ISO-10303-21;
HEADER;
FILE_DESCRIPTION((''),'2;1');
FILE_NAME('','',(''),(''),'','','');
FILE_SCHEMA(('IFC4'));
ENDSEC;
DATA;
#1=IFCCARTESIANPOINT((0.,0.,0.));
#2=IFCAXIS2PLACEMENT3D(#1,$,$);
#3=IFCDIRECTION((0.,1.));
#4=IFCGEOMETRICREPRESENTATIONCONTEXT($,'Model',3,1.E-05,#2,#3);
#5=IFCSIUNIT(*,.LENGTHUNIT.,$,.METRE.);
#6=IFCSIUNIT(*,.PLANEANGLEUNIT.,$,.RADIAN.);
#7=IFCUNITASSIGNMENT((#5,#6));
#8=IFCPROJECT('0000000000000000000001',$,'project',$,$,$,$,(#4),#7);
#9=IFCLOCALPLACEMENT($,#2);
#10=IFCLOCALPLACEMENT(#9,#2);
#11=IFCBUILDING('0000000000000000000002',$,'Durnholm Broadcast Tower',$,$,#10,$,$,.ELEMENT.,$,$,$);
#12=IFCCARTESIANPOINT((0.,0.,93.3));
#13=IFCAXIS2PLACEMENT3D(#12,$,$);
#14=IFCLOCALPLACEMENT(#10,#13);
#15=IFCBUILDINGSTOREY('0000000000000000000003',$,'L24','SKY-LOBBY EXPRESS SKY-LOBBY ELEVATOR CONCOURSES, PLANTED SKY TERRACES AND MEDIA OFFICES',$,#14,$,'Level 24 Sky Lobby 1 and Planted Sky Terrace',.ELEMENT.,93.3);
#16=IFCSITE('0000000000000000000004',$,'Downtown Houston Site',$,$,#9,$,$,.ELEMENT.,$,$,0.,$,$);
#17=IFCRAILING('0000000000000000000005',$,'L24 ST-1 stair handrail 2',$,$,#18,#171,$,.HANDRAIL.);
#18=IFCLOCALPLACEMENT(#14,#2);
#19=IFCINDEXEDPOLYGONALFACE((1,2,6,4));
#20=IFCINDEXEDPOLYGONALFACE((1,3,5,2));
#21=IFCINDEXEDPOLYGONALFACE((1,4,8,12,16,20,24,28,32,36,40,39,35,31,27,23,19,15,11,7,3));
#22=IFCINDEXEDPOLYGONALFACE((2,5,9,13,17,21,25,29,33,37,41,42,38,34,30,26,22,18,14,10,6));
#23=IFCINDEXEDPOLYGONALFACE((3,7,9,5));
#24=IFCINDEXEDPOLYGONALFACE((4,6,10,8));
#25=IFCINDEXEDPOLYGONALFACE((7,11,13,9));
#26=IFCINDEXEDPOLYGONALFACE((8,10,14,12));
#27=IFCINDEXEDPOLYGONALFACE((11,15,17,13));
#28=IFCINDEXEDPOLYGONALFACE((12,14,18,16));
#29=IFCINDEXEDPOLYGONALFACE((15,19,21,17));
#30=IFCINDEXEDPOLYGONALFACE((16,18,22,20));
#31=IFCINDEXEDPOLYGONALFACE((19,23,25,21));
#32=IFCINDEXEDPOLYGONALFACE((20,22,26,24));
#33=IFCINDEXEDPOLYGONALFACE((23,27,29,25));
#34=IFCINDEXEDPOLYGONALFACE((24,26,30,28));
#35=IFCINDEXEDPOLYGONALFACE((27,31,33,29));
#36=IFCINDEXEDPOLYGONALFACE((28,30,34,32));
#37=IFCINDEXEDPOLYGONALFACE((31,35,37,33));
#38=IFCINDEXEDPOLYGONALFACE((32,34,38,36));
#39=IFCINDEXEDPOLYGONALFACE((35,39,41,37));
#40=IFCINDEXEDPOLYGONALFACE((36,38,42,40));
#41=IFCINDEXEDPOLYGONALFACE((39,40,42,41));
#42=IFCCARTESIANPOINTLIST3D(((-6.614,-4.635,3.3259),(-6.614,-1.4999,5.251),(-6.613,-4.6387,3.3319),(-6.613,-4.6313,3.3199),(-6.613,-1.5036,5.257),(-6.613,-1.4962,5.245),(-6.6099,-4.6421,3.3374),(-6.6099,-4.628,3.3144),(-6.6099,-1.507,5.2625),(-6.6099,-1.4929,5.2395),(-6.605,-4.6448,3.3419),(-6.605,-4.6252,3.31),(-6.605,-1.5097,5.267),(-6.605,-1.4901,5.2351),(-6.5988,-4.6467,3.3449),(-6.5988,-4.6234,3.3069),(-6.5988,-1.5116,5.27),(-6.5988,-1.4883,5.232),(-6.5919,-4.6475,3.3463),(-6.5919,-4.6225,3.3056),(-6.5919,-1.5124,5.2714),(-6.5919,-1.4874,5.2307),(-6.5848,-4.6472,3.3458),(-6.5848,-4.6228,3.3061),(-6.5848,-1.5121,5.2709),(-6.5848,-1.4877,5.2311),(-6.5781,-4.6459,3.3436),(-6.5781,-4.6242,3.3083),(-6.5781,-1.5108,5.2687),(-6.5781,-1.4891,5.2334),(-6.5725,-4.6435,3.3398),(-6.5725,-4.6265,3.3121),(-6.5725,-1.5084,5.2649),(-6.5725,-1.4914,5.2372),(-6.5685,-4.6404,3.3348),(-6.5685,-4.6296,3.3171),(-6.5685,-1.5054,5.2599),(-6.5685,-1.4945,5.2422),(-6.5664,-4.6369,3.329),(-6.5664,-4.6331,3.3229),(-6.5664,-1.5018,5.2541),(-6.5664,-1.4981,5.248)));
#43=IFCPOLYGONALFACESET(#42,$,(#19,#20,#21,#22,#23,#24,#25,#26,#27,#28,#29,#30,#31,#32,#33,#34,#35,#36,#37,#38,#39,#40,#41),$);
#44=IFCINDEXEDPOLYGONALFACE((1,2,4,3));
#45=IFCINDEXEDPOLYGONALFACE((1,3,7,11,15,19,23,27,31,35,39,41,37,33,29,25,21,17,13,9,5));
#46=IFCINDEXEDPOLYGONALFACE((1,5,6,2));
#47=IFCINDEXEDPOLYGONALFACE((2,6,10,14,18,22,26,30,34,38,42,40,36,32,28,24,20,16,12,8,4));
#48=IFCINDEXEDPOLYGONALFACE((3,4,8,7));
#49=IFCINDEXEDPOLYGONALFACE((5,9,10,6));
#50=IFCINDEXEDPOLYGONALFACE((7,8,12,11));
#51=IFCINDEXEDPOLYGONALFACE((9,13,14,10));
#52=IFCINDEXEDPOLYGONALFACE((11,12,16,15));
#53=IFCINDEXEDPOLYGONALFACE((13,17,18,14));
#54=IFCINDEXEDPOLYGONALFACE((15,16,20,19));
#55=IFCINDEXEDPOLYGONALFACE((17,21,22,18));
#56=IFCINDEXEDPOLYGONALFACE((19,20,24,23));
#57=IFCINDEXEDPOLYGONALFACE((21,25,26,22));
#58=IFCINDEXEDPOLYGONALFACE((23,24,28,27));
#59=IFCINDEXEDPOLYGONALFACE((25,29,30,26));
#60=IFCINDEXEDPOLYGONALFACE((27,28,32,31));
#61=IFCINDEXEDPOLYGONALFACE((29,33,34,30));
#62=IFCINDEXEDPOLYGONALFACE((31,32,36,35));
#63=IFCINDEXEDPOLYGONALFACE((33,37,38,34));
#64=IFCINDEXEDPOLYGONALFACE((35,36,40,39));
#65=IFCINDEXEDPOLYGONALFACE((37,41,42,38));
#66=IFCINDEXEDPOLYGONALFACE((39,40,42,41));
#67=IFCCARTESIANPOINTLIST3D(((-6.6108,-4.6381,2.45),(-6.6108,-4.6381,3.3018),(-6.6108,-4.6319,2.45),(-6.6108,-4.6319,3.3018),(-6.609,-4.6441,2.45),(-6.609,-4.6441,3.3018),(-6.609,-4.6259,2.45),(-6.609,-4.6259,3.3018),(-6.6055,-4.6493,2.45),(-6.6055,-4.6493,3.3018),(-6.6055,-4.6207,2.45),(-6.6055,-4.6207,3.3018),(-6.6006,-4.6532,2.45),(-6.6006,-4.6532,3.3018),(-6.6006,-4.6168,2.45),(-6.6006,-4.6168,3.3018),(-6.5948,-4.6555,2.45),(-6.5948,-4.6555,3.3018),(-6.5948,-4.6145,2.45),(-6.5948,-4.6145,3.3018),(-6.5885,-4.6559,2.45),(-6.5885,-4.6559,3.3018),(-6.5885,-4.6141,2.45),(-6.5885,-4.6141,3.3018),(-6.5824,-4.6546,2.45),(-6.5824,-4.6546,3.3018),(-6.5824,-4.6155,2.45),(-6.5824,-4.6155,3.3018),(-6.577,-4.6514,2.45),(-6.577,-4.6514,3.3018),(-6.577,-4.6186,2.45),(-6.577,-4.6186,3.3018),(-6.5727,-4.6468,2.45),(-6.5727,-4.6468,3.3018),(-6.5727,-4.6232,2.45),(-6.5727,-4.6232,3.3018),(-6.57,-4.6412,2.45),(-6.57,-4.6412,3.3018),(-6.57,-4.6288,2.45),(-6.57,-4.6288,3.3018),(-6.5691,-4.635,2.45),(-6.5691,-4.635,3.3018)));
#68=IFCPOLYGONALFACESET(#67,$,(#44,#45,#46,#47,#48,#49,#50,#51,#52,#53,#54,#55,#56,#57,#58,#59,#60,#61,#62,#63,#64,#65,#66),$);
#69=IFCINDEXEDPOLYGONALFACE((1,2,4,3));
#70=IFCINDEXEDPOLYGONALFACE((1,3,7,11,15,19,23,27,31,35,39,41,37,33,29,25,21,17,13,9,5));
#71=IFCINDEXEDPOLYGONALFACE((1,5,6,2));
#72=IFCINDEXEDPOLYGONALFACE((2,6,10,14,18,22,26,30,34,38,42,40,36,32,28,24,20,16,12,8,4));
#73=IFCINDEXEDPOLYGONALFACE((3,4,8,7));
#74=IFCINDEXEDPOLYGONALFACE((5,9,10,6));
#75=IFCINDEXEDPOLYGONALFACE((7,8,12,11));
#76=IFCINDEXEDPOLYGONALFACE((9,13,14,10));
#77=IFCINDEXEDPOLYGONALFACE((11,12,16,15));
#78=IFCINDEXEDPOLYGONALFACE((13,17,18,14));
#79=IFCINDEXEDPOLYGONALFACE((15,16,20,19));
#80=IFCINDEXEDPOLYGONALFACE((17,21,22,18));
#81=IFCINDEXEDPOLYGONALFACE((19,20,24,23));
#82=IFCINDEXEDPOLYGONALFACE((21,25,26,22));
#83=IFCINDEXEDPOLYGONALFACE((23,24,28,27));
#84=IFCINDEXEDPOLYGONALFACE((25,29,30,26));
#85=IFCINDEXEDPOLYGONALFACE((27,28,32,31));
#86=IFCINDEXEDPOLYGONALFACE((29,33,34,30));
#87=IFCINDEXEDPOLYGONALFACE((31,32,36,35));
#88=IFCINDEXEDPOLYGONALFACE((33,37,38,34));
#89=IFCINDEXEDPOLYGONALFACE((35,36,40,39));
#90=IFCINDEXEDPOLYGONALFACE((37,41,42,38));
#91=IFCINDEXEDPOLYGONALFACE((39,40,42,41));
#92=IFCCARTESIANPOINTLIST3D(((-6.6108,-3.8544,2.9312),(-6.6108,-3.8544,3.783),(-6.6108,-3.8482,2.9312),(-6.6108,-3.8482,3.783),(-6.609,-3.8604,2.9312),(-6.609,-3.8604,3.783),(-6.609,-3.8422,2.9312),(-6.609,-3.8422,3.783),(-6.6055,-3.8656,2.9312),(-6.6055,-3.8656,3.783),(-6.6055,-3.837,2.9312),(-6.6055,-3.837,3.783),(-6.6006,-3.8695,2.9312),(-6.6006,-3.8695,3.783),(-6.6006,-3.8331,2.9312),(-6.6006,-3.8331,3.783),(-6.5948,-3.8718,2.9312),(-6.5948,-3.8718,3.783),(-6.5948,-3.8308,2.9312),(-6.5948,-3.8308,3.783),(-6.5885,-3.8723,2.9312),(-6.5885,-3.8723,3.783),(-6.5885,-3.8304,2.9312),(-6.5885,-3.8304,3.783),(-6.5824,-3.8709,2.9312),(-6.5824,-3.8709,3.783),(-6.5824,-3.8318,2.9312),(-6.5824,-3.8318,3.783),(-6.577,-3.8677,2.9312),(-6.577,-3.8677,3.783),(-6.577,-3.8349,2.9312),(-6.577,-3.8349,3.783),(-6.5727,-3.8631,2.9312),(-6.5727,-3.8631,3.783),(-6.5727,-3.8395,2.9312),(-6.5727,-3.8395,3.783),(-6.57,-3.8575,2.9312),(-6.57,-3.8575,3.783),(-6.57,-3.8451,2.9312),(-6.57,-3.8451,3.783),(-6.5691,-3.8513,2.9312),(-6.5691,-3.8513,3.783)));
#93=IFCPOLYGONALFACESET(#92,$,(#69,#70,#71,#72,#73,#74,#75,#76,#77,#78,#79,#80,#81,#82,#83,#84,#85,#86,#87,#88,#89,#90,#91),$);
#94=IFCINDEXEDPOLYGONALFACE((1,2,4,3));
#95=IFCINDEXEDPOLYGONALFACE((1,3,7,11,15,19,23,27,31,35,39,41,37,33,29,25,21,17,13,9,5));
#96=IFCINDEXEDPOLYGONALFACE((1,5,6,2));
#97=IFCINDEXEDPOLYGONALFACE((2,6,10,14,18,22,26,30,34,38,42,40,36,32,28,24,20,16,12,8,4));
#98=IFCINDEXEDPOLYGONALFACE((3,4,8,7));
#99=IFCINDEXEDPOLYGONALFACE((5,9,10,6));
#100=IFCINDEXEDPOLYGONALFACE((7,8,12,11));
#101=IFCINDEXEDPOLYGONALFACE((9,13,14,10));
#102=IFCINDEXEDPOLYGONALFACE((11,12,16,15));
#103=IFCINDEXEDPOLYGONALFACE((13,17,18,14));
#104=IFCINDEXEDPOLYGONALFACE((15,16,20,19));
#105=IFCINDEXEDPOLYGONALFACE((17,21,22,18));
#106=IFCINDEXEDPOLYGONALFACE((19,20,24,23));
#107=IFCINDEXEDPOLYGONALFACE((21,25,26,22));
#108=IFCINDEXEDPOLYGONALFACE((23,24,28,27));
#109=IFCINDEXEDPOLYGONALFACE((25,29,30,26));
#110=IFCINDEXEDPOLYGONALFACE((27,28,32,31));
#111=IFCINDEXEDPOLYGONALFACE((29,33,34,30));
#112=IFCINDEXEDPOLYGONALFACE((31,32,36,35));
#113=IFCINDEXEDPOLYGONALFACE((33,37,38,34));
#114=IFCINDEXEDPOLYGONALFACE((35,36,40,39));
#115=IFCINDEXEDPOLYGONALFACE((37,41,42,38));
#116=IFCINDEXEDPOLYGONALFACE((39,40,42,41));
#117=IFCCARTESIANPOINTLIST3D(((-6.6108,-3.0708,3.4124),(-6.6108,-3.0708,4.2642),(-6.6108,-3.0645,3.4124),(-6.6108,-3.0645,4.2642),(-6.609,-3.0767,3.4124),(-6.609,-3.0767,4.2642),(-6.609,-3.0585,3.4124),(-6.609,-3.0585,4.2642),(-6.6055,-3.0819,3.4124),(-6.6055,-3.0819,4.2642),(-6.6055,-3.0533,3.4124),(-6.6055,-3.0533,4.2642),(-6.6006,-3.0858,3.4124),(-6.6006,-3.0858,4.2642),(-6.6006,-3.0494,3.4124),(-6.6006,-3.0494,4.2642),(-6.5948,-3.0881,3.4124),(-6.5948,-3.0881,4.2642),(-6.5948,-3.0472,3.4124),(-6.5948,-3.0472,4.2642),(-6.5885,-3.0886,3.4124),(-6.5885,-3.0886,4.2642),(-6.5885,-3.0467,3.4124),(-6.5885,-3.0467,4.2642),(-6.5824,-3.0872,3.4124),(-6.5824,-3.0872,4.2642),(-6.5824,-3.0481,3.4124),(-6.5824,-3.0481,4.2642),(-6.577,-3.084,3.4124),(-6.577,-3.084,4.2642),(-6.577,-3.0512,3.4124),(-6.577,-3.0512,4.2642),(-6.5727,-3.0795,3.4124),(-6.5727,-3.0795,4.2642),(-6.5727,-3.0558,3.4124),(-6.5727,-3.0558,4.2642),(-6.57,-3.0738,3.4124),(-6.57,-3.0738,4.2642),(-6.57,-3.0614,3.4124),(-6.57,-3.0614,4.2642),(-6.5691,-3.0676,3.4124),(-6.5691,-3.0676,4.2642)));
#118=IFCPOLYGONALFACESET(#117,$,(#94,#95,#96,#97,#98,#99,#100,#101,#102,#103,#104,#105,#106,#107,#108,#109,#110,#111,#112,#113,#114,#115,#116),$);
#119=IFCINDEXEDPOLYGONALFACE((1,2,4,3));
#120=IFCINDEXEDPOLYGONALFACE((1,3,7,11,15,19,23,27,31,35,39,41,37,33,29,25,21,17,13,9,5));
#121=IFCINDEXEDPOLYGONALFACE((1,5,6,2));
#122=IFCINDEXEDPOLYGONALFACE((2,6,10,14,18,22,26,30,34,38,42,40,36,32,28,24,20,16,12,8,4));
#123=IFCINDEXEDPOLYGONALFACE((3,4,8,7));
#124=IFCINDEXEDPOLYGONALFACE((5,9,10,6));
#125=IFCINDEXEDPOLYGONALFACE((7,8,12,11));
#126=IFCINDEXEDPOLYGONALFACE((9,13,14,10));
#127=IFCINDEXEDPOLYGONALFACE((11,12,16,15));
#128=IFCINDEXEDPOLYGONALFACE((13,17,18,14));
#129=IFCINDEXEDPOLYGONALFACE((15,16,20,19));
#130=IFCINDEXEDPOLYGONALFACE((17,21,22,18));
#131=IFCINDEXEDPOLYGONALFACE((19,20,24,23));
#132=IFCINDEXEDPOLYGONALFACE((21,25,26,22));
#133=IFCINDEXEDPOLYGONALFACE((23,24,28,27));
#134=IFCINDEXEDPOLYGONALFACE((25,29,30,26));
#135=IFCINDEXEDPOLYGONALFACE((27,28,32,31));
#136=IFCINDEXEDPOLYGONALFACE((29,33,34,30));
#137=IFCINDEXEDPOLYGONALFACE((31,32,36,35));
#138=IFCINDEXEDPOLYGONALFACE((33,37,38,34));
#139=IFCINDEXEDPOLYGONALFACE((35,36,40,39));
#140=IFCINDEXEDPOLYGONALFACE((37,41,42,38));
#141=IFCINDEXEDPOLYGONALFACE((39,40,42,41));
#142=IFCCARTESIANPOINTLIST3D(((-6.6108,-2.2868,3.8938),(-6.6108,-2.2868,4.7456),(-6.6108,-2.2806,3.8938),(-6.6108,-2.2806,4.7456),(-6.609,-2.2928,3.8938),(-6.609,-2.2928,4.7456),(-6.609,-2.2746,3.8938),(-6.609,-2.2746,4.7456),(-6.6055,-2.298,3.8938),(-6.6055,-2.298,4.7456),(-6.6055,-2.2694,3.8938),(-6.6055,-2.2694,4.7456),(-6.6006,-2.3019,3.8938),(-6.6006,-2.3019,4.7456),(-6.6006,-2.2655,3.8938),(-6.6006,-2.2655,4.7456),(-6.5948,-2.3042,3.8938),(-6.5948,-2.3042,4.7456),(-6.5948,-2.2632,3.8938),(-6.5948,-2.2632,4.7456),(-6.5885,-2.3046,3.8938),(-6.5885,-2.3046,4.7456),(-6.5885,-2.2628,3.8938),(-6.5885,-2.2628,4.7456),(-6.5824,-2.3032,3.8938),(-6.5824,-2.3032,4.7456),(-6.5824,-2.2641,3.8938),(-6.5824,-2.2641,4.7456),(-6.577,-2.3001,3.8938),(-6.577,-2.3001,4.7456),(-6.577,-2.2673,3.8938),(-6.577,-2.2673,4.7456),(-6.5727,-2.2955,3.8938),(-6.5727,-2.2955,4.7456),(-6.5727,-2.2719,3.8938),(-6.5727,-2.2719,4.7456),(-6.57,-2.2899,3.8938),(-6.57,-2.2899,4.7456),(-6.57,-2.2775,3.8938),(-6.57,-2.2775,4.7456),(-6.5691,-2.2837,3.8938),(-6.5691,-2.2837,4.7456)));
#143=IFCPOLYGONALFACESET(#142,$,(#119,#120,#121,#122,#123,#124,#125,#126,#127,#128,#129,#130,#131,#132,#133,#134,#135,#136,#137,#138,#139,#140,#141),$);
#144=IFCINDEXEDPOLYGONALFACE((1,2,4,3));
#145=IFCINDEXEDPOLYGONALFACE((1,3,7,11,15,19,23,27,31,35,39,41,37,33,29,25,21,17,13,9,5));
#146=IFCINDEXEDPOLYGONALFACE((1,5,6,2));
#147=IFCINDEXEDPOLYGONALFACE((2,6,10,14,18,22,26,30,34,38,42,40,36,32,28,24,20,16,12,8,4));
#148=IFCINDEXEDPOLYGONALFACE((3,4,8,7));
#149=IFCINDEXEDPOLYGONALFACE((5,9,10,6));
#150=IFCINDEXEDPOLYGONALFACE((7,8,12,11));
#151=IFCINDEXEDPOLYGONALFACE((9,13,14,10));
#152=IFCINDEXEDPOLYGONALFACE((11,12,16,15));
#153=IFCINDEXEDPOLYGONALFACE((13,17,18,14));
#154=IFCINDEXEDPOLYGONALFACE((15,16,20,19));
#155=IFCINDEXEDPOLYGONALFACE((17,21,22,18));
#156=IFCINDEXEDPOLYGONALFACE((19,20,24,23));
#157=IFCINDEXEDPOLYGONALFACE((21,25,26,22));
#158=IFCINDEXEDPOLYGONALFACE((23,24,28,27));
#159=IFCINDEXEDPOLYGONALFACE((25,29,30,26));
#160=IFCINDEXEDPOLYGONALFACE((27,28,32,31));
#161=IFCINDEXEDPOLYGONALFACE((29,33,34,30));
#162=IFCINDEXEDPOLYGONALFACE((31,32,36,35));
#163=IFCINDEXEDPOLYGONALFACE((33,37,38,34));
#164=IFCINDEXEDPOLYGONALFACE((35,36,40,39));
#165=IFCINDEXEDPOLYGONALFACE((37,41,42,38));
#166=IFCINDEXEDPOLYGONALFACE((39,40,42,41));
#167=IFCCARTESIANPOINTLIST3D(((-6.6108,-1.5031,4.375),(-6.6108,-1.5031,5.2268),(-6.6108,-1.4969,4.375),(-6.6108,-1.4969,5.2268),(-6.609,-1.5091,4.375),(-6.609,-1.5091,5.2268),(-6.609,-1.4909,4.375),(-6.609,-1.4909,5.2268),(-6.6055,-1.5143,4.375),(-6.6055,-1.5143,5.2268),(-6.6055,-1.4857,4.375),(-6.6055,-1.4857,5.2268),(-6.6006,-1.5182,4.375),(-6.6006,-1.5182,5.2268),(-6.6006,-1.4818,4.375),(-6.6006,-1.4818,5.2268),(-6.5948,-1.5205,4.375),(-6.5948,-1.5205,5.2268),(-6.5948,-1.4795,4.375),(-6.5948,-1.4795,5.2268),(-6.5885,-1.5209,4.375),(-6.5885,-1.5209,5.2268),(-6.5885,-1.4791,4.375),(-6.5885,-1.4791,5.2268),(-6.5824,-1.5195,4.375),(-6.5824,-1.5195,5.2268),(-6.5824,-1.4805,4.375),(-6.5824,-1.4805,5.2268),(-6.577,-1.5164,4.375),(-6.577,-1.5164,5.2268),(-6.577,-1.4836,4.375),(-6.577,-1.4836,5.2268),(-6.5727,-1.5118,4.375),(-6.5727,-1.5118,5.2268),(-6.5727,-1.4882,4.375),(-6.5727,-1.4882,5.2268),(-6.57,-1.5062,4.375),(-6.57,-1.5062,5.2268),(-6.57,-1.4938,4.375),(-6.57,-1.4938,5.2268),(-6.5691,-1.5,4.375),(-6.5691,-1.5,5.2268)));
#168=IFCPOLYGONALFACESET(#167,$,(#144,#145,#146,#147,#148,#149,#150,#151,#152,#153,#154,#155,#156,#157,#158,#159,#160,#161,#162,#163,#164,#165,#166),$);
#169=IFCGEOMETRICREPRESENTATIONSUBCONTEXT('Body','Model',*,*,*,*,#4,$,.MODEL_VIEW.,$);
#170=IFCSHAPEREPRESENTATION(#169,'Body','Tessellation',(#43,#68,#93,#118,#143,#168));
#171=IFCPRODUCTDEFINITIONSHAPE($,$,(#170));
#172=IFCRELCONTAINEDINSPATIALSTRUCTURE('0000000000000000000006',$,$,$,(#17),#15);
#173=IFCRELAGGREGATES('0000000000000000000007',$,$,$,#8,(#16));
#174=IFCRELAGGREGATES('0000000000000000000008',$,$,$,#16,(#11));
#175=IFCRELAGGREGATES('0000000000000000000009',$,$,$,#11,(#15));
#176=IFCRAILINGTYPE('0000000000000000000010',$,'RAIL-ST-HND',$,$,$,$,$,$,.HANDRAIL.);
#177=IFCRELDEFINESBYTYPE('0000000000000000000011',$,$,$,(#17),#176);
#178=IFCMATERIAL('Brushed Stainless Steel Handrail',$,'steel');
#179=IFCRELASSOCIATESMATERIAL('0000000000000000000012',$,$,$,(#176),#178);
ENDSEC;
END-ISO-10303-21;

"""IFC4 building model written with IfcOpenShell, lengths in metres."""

from ifc_helpers import new_model, si_unit, direction, frame, origin, origin_2d, place, context, subcontext, project, spatial, circle, extrude, material, type_object, element, save


model = new_model("IFC4")

# Units and contexts
model_context = context("Model", 3, precision=1e-05, world=origin(), true_north=direction((0.0, 1.0)))
body_context = subcontext(model_context, "Body", "Model", "MODEL_VIEW")
ifc_project = project(units=[si_unit("LENGTHUNIT", "METRE"), si_unit("PLANEANGLEUNIT", "RADIAN")], contexts=[model_context])

# Site, building, storey
site_placement = place(None, origin())
site = spatial("IfcSite", under=ifc_project, at=site_placement, Name="Downtown Houston Site", CompositionType="ELEMENT", RefElevation=0.0)
building_placement = place(site_placement, origin())
building = spatial("IfcBuilding", under=site, at=building_placement, Name="Durnholm Broadcast Tower", CompositionType="ELEMENT")
storey_placement = place(building_placement, frame((0.0, 0.0, 93.3)))
storey = spatial("IfcBuildingStorey", under=building, at=storey_placement, Name="L24", Description="SKY-LOBBY EXPRESS SKY-LOBBY ELEVATOR CONCOURSES, PLANTED SKY TERRACES AND MEDIA OFFICES", LongName="Level 24 Sky Lobby 1 and Planted Sky Terrace", CompositionType="ELEMENT", Elevation=93.3)

# Railing
ifc_material_1 = material(Name="Brushed Stainless Steel Handrail", Category="steel")
railing_type_1 = type_object("IfcRailingType", Name="RAIL-ST-HND", PredefinedType="HANDRAIL", material=ifc_material_1)
railing_1_placement = place(storey_placement, frame((-6.5901, -4.635, 2.45)))
element("IfcRailing", 1, at=railing_1_placement, inside=storey, type_object=railing_type_1, Name="L24 ST-1 stair handrail 2", PredefinedType="HANDRAIL", context=body_context, shape_type="SweptSolid", body=[
    extrude(circle(Radius=0.0239, at=origin_2d()), frame((0.0, 0.0, 0.876), z_axis=(0.0, 0.852166, 0.523271), x_axis=(-1.0, 0.0, 0.0)), (0.0, 0.0, 1.0), 3.679),
    extrude(circle(Radius=0.021, at=origin_2d()), origin(), (0.0, 0.0, 1.0), 0.8518),
    extrude(circle(Radius=0.021, at=origin_2d()), frame((0.0, 0.7837, 0.4812)), (0.0, 0.0, 1.0), 0.8518),
    extrude(circle(Radius=0.021, at=origin_2d()), frame((0.0, 1.5674, 0.9624)), (0.0, 0.0, 1.0), 0.8518),
    extrude(circle(Radius=0.021, at=origin_2d()), frame((0.0, 2.3513, 1.4438)), (0.0, 0.0, 1.0), 0.8518),
    extrude(circle(Radius=0.021, at=origin_2d()), frame((0.0, 3.135, 1.925)), (0.0, 0.0, 1.0), 0.8518),
])

save(model, "model.ifc")
